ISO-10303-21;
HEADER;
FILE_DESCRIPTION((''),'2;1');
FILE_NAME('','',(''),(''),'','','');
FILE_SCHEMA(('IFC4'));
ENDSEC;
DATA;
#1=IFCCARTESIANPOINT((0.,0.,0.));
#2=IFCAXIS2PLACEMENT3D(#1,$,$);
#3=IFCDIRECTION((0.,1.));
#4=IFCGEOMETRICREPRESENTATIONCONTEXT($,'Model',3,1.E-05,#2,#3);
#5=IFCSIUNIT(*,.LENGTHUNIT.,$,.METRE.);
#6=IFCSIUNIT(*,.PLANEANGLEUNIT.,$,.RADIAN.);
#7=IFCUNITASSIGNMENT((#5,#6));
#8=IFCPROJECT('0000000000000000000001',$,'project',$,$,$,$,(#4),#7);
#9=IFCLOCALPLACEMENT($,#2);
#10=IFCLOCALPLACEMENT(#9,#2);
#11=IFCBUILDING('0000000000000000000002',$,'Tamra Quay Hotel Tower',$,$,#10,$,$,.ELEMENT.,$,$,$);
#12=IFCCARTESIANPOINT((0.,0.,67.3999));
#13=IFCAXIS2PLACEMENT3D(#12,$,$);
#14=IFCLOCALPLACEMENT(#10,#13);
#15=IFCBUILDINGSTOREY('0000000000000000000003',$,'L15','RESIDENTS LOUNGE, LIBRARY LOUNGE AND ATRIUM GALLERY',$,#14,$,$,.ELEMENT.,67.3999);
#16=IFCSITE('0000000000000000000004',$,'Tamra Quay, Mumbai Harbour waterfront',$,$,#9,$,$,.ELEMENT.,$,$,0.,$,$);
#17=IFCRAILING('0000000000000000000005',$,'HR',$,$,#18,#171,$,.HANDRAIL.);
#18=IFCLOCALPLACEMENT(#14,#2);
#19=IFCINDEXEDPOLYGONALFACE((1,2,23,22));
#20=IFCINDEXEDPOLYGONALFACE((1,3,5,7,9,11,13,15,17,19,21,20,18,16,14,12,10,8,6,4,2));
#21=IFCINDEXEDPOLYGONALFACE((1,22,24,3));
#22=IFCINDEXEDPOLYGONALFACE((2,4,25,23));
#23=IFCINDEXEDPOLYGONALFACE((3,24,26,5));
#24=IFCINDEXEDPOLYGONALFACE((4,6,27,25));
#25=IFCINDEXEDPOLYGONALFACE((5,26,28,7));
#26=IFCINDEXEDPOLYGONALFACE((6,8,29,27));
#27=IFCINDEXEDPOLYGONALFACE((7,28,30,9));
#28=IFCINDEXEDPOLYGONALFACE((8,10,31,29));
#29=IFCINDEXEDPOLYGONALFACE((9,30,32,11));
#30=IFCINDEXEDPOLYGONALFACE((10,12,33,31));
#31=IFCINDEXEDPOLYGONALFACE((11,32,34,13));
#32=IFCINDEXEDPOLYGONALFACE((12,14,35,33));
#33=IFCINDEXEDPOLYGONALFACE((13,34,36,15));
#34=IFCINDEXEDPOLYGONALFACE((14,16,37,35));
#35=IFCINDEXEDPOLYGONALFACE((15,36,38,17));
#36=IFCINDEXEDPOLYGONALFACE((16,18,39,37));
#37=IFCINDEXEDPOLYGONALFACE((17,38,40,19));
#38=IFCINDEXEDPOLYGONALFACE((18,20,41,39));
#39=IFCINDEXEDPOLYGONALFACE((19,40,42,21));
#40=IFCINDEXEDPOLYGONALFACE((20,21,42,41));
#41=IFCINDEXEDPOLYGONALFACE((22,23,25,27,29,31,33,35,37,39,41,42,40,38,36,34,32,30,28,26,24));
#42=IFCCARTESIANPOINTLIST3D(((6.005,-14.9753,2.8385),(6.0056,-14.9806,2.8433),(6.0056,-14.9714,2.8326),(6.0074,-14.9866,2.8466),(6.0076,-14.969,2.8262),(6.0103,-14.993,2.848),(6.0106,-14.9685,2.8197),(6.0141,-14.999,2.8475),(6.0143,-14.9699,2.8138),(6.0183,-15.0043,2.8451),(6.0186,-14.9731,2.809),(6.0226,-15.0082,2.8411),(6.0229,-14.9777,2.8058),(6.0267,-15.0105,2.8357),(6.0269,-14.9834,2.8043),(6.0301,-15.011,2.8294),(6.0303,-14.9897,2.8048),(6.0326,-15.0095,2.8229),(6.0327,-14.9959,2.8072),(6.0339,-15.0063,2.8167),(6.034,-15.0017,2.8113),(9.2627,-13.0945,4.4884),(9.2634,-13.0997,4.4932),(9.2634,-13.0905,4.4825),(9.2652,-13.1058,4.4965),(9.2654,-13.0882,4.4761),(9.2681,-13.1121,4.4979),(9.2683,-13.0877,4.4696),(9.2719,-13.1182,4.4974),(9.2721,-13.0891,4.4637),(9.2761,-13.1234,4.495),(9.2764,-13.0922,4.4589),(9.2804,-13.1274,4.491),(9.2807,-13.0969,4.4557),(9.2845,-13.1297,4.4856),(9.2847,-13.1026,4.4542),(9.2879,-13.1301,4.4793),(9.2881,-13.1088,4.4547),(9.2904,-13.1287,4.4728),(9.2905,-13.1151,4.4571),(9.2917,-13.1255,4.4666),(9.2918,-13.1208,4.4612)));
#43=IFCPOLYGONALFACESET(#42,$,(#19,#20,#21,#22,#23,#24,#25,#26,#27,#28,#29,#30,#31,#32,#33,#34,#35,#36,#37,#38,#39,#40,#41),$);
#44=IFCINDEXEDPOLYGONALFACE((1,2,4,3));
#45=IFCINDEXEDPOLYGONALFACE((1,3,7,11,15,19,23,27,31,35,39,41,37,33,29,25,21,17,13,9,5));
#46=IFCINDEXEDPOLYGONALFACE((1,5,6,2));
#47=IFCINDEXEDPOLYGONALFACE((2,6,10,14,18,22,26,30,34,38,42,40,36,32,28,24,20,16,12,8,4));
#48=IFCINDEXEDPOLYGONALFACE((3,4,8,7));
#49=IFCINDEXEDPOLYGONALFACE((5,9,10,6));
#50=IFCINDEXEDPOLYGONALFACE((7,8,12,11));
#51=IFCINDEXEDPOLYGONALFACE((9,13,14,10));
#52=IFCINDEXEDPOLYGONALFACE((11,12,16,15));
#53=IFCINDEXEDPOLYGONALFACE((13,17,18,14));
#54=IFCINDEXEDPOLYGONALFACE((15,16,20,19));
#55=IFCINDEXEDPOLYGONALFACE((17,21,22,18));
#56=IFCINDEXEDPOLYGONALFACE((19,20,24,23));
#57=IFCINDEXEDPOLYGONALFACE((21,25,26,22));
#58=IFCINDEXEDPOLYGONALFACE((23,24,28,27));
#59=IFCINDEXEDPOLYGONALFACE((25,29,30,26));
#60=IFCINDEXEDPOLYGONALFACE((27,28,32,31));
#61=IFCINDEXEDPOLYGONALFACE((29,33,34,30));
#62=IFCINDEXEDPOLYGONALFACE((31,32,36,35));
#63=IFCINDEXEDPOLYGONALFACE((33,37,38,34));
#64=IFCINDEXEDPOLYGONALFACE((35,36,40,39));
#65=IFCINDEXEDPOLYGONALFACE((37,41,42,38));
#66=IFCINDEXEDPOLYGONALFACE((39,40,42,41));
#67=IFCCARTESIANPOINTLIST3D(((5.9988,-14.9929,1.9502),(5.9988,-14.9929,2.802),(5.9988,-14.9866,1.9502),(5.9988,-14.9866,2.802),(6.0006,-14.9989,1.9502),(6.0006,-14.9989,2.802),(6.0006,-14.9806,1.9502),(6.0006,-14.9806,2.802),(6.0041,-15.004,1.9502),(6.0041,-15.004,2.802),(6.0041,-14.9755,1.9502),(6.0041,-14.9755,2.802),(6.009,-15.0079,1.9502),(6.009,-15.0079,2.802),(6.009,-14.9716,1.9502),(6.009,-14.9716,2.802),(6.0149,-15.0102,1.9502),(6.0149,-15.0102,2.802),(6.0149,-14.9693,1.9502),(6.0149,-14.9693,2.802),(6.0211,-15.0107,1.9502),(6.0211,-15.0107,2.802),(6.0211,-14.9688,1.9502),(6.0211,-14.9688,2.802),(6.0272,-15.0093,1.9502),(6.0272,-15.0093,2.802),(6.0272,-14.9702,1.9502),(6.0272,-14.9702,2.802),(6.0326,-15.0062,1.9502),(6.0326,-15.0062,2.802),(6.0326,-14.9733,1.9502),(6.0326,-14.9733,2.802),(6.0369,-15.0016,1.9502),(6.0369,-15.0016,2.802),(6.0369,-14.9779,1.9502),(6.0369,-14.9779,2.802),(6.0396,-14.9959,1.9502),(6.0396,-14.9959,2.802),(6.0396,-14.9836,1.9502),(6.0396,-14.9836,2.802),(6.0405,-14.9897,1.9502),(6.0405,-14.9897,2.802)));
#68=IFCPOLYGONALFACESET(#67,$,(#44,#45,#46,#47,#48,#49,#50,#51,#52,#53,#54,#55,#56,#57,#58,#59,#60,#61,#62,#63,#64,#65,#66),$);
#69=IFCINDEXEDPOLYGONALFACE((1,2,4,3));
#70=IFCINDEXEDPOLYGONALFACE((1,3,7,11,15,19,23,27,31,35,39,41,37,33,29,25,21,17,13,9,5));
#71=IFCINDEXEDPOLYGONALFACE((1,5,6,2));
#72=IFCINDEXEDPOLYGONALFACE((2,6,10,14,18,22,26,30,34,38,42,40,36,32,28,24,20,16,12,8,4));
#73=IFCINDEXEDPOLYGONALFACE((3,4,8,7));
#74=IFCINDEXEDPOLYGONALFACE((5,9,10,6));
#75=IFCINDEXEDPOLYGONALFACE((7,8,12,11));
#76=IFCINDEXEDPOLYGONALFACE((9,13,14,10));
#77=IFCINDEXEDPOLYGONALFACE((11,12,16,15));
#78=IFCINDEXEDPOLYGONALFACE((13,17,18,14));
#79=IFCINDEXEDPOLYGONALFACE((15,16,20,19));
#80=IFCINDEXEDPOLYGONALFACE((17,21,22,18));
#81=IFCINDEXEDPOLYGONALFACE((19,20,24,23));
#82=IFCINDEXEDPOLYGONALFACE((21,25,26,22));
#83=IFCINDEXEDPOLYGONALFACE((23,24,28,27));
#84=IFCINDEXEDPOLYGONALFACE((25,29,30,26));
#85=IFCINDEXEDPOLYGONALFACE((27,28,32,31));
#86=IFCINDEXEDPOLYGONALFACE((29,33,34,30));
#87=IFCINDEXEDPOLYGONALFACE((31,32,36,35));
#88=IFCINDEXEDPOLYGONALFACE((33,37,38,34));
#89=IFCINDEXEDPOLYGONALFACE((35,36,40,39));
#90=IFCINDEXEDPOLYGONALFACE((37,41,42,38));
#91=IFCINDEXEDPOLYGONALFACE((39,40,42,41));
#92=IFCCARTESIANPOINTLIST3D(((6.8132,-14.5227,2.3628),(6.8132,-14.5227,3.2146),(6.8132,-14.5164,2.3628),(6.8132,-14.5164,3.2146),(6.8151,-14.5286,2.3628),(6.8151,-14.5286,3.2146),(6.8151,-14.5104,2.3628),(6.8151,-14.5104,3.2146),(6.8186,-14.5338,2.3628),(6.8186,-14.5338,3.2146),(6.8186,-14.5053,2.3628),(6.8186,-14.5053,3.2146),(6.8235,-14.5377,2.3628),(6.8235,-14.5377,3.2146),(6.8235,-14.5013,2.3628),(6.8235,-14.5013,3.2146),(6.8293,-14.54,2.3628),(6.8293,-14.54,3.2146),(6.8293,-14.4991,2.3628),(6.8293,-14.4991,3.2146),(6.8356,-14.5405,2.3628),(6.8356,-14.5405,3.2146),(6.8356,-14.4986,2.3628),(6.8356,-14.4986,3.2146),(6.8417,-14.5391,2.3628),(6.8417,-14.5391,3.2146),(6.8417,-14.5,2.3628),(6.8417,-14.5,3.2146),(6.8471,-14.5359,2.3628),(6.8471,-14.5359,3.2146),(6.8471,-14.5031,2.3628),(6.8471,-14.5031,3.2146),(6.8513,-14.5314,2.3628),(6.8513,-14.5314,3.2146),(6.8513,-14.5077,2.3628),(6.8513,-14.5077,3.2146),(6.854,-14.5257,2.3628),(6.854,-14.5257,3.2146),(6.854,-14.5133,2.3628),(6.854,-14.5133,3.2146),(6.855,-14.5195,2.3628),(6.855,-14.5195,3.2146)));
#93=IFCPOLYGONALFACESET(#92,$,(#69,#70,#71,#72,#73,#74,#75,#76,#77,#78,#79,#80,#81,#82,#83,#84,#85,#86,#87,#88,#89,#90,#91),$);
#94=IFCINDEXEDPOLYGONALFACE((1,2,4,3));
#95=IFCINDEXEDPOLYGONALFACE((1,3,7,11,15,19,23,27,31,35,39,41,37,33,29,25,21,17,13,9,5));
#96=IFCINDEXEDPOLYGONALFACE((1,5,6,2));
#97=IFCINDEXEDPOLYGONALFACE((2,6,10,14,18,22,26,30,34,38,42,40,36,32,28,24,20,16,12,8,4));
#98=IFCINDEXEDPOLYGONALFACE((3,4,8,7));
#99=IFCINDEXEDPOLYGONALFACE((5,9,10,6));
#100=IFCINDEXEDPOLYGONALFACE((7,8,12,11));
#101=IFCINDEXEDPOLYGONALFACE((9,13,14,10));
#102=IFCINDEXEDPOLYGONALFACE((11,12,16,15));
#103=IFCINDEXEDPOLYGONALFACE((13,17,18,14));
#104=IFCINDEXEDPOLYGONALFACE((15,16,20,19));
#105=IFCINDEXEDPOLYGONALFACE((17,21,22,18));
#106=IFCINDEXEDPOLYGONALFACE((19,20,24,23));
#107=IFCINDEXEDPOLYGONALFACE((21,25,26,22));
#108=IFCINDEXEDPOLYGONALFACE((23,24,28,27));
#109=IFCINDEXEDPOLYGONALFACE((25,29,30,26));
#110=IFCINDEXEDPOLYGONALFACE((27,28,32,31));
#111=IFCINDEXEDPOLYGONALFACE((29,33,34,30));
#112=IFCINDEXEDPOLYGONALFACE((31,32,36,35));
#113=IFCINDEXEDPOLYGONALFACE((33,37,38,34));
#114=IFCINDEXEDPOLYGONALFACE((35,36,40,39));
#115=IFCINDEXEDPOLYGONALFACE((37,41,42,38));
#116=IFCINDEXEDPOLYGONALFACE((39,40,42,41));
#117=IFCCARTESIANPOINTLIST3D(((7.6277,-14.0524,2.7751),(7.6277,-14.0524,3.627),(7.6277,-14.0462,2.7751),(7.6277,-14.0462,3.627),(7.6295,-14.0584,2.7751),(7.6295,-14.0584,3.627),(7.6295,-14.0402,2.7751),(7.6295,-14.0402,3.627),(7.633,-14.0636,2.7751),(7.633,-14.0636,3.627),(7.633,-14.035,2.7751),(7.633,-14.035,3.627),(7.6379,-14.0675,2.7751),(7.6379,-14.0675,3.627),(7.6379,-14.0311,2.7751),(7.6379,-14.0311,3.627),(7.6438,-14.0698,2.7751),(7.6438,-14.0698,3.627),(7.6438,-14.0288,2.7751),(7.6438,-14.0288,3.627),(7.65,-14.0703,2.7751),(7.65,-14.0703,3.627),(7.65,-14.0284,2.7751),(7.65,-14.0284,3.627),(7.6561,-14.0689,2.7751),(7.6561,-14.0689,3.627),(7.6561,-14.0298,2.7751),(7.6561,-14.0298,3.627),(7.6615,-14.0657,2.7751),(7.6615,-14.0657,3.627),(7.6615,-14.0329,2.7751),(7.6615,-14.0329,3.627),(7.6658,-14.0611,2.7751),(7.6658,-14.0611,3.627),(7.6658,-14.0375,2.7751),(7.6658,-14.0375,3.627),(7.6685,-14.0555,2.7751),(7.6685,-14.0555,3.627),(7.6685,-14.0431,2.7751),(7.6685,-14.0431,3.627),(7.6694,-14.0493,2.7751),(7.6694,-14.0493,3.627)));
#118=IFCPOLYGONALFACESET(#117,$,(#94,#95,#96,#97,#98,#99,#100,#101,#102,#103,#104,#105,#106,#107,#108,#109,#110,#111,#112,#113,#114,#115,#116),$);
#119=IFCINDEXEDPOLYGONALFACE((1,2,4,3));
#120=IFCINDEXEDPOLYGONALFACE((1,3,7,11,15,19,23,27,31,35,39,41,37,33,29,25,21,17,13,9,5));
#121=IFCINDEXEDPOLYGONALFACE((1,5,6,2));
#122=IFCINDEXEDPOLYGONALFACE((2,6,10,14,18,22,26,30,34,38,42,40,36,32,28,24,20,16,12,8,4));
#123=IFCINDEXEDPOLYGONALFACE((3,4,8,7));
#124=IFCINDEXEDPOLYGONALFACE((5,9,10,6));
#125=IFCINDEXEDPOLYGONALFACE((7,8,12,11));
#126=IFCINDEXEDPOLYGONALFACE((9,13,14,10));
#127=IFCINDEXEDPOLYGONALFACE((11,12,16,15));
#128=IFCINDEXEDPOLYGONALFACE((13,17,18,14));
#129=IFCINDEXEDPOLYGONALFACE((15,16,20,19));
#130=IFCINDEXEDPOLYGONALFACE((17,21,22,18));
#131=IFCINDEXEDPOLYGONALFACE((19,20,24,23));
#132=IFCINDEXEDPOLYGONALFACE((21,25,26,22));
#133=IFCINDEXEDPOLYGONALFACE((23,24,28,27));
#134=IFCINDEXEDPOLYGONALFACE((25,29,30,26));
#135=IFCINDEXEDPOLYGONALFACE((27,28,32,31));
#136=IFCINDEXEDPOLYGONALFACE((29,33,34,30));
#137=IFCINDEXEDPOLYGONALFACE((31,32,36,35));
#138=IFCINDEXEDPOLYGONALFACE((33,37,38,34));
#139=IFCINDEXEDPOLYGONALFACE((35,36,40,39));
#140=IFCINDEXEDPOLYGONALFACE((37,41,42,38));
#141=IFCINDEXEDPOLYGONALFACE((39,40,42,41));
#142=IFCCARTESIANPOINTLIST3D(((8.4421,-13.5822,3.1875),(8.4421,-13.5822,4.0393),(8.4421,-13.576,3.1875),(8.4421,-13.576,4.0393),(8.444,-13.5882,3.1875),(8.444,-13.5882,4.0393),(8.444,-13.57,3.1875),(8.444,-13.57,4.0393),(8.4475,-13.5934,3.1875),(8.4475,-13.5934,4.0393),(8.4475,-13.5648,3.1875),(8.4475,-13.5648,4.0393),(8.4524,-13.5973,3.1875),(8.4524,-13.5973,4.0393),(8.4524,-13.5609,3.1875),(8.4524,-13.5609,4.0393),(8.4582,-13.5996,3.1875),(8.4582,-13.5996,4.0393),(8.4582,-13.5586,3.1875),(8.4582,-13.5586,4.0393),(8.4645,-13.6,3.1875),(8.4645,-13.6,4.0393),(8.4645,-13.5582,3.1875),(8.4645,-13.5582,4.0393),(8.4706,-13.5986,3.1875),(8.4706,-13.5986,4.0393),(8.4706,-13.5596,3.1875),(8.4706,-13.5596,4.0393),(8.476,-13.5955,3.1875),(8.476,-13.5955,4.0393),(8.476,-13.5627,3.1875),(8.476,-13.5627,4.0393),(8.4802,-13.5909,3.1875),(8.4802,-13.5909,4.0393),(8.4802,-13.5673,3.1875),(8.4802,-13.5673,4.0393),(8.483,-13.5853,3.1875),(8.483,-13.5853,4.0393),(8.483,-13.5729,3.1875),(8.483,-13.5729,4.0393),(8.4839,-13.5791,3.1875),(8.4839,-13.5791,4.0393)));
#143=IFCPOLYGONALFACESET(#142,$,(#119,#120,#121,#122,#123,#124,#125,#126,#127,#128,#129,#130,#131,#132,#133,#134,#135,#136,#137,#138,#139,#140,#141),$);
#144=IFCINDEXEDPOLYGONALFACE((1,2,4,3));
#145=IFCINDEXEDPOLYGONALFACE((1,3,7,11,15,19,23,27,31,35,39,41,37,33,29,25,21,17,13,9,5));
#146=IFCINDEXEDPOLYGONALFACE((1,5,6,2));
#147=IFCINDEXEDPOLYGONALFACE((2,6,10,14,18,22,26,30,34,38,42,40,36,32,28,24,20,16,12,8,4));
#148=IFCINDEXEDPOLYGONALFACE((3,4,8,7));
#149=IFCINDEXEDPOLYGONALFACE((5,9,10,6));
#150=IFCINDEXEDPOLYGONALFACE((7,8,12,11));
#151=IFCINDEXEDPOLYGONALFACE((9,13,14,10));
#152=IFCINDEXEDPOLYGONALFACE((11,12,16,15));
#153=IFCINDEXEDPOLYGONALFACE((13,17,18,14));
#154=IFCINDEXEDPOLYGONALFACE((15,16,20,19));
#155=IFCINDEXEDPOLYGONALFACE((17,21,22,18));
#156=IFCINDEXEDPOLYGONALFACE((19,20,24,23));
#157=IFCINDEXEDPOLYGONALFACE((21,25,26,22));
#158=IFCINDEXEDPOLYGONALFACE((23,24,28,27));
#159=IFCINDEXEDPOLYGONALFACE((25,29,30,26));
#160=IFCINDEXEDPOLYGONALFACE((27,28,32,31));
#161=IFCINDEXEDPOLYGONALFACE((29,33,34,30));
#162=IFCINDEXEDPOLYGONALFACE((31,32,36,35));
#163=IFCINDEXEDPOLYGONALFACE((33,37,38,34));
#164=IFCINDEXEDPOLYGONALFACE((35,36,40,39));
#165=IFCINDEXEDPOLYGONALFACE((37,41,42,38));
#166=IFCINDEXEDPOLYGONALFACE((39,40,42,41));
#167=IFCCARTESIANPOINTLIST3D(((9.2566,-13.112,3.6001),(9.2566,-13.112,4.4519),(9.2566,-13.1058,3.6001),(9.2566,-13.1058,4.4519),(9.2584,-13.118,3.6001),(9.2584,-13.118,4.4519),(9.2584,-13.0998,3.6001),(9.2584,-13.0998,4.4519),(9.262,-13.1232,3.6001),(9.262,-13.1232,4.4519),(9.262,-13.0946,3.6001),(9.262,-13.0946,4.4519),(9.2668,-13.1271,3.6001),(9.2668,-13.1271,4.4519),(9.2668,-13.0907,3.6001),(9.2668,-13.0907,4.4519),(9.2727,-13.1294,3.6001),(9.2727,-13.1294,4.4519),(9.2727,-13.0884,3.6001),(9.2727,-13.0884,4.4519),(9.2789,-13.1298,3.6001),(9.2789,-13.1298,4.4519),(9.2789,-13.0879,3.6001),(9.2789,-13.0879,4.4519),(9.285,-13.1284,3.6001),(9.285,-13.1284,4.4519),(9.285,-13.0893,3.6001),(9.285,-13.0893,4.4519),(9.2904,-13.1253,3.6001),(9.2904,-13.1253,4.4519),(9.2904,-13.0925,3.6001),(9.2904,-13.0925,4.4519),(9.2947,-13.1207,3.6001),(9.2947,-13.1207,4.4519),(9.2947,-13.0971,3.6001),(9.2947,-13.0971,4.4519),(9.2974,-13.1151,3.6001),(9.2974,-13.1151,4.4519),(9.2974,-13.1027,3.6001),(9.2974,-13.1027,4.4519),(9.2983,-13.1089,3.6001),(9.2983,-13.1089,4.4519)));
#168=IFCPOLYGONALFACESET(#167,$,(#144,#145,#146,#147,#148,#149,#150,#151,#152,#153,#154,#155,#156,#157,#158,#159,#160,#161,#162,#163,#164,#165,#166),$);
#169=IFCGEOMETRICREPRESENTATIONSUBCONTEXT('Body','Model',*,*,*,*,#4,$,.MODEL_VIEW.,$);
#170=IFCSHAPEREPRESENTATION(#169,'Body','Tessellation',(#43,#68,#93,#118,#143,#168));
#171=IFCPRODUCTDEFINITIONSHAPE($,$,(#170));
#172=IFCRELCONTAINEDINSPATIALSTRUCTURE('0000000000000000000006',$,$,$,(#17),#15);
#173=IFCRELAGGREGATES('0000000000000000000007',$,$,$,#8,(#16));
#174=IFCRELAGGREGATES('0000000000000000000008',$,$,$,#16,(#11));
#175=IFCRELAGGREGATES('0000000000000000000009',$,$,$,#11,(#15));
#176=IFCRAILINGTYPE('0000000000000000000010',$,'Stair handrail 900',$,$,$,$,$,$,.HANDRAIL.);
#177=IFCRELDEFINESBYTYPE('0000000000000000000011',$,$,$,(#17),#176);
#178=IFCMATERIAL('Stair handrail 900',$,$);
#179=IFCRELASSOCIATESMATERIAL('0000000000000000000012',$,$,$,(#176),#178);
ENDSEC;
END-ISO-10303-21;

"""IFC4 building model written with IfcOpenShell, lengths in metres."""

from ifc_helpers import new_model, si_unit, direction, frame, origin, origin_2d, place, context, subcontext, project, spatial, circle, extrude, material, type_object, element, save


model = new_model("IFC4")

# Units and contexts
model_context = context("Model", 3, precision=1e-05, world=origin(), true_north=direction((0.0, 1.0)))
body_context = subcontext(model_context, "Body", "Model", "MODEL_VIEW")
ifc_project = project(units=[si_unit("LENGTHUNIT", "METRE"), si_unit("PLANEANGLEUNIT", "RADIAN")], contexts=[model_context])

# Site, building, storey
site_placement = place(None, origin())
site = spatial("IfcSite", under=ifc_project, at=site_placement, Name="Tamra Quay, Mumbai Harbour waterfront", CompositionType="ELEMENT", RefElevation=0.0)
building_placement = place(site_placement, origin())
building = spatial("IfcBuilding", under=site, at=building_placement, Name="Tamra Quay Hotel Tower", CompositionType="ELEMENT")
storey_placement = place(building_placement, frame((0.0, 0.0, 67.3999)))
storey = spatial("IfcBuildingStorey", under=building, at=storey_placement, Name="L15", Description="RESIDENTS LOUNGE, LIBRARY LOUNGE AND ATRIUM GALLERY", CompositionType="ELEMENT", Elevation=67.3999)

# Railing
ifc_material_1 = material(Name="Stair handrail 900")
railing_type_1 = type_object("IfcRailingType", Name="Stair handrail 900", PredefinedType="HANDRAIL", material=ifc_material_1)
railing_1_placement = place(storey_placement, frame((6.0195, -14.9897, 1.9502)))
element("IfcRailing", 1, at=railing_1_placement, inside=storey, type_object=railing_type_1, Name="HR", PredefinedType="HANDRAIL", context=body_context, shape_type="SweptSolid", body=[
    extrude(circle(Radius=0.0239, at=origin_2d()), frame((0.0, 0.0, 0.876), z_axis=(0.7931, 0.457887, 0.401661), x_axis=(-0.499992, 0.86603, 0.0)), (0.0, 0.0, 1.0), 4.1077),
    extrude(circle(Radius=0.021, at=origin_2d()), origin(), (0.0, 0.0, 1.0), 0.8518),
    extrude(circle(Radius=0.021, at=origin_2d()), frame((0.8145, 0.4702, 0.4126)), (0.0, 0.0, 1.0), 0.8518),
    extrude(circle(Radius=0.021, at=origin_2d()), frame((1.6289, 0.9404, 0.825)), (0.0, 0.0, 1.0), 0.8518),
    extrude(circle(Radius=0.021, at=origin_2d()), frame((2.4434, 1.4106, 1.2373)), (0.0, 0.0, 1.0), 0.8518),
    extrude(circle(Radius=0.021, at=origin_2d()), frame((3.2578, 1.8809, 1.6499)), (0.0, 0.0, 1.0), 0.8518),
])

save(model, "model.ifc")
